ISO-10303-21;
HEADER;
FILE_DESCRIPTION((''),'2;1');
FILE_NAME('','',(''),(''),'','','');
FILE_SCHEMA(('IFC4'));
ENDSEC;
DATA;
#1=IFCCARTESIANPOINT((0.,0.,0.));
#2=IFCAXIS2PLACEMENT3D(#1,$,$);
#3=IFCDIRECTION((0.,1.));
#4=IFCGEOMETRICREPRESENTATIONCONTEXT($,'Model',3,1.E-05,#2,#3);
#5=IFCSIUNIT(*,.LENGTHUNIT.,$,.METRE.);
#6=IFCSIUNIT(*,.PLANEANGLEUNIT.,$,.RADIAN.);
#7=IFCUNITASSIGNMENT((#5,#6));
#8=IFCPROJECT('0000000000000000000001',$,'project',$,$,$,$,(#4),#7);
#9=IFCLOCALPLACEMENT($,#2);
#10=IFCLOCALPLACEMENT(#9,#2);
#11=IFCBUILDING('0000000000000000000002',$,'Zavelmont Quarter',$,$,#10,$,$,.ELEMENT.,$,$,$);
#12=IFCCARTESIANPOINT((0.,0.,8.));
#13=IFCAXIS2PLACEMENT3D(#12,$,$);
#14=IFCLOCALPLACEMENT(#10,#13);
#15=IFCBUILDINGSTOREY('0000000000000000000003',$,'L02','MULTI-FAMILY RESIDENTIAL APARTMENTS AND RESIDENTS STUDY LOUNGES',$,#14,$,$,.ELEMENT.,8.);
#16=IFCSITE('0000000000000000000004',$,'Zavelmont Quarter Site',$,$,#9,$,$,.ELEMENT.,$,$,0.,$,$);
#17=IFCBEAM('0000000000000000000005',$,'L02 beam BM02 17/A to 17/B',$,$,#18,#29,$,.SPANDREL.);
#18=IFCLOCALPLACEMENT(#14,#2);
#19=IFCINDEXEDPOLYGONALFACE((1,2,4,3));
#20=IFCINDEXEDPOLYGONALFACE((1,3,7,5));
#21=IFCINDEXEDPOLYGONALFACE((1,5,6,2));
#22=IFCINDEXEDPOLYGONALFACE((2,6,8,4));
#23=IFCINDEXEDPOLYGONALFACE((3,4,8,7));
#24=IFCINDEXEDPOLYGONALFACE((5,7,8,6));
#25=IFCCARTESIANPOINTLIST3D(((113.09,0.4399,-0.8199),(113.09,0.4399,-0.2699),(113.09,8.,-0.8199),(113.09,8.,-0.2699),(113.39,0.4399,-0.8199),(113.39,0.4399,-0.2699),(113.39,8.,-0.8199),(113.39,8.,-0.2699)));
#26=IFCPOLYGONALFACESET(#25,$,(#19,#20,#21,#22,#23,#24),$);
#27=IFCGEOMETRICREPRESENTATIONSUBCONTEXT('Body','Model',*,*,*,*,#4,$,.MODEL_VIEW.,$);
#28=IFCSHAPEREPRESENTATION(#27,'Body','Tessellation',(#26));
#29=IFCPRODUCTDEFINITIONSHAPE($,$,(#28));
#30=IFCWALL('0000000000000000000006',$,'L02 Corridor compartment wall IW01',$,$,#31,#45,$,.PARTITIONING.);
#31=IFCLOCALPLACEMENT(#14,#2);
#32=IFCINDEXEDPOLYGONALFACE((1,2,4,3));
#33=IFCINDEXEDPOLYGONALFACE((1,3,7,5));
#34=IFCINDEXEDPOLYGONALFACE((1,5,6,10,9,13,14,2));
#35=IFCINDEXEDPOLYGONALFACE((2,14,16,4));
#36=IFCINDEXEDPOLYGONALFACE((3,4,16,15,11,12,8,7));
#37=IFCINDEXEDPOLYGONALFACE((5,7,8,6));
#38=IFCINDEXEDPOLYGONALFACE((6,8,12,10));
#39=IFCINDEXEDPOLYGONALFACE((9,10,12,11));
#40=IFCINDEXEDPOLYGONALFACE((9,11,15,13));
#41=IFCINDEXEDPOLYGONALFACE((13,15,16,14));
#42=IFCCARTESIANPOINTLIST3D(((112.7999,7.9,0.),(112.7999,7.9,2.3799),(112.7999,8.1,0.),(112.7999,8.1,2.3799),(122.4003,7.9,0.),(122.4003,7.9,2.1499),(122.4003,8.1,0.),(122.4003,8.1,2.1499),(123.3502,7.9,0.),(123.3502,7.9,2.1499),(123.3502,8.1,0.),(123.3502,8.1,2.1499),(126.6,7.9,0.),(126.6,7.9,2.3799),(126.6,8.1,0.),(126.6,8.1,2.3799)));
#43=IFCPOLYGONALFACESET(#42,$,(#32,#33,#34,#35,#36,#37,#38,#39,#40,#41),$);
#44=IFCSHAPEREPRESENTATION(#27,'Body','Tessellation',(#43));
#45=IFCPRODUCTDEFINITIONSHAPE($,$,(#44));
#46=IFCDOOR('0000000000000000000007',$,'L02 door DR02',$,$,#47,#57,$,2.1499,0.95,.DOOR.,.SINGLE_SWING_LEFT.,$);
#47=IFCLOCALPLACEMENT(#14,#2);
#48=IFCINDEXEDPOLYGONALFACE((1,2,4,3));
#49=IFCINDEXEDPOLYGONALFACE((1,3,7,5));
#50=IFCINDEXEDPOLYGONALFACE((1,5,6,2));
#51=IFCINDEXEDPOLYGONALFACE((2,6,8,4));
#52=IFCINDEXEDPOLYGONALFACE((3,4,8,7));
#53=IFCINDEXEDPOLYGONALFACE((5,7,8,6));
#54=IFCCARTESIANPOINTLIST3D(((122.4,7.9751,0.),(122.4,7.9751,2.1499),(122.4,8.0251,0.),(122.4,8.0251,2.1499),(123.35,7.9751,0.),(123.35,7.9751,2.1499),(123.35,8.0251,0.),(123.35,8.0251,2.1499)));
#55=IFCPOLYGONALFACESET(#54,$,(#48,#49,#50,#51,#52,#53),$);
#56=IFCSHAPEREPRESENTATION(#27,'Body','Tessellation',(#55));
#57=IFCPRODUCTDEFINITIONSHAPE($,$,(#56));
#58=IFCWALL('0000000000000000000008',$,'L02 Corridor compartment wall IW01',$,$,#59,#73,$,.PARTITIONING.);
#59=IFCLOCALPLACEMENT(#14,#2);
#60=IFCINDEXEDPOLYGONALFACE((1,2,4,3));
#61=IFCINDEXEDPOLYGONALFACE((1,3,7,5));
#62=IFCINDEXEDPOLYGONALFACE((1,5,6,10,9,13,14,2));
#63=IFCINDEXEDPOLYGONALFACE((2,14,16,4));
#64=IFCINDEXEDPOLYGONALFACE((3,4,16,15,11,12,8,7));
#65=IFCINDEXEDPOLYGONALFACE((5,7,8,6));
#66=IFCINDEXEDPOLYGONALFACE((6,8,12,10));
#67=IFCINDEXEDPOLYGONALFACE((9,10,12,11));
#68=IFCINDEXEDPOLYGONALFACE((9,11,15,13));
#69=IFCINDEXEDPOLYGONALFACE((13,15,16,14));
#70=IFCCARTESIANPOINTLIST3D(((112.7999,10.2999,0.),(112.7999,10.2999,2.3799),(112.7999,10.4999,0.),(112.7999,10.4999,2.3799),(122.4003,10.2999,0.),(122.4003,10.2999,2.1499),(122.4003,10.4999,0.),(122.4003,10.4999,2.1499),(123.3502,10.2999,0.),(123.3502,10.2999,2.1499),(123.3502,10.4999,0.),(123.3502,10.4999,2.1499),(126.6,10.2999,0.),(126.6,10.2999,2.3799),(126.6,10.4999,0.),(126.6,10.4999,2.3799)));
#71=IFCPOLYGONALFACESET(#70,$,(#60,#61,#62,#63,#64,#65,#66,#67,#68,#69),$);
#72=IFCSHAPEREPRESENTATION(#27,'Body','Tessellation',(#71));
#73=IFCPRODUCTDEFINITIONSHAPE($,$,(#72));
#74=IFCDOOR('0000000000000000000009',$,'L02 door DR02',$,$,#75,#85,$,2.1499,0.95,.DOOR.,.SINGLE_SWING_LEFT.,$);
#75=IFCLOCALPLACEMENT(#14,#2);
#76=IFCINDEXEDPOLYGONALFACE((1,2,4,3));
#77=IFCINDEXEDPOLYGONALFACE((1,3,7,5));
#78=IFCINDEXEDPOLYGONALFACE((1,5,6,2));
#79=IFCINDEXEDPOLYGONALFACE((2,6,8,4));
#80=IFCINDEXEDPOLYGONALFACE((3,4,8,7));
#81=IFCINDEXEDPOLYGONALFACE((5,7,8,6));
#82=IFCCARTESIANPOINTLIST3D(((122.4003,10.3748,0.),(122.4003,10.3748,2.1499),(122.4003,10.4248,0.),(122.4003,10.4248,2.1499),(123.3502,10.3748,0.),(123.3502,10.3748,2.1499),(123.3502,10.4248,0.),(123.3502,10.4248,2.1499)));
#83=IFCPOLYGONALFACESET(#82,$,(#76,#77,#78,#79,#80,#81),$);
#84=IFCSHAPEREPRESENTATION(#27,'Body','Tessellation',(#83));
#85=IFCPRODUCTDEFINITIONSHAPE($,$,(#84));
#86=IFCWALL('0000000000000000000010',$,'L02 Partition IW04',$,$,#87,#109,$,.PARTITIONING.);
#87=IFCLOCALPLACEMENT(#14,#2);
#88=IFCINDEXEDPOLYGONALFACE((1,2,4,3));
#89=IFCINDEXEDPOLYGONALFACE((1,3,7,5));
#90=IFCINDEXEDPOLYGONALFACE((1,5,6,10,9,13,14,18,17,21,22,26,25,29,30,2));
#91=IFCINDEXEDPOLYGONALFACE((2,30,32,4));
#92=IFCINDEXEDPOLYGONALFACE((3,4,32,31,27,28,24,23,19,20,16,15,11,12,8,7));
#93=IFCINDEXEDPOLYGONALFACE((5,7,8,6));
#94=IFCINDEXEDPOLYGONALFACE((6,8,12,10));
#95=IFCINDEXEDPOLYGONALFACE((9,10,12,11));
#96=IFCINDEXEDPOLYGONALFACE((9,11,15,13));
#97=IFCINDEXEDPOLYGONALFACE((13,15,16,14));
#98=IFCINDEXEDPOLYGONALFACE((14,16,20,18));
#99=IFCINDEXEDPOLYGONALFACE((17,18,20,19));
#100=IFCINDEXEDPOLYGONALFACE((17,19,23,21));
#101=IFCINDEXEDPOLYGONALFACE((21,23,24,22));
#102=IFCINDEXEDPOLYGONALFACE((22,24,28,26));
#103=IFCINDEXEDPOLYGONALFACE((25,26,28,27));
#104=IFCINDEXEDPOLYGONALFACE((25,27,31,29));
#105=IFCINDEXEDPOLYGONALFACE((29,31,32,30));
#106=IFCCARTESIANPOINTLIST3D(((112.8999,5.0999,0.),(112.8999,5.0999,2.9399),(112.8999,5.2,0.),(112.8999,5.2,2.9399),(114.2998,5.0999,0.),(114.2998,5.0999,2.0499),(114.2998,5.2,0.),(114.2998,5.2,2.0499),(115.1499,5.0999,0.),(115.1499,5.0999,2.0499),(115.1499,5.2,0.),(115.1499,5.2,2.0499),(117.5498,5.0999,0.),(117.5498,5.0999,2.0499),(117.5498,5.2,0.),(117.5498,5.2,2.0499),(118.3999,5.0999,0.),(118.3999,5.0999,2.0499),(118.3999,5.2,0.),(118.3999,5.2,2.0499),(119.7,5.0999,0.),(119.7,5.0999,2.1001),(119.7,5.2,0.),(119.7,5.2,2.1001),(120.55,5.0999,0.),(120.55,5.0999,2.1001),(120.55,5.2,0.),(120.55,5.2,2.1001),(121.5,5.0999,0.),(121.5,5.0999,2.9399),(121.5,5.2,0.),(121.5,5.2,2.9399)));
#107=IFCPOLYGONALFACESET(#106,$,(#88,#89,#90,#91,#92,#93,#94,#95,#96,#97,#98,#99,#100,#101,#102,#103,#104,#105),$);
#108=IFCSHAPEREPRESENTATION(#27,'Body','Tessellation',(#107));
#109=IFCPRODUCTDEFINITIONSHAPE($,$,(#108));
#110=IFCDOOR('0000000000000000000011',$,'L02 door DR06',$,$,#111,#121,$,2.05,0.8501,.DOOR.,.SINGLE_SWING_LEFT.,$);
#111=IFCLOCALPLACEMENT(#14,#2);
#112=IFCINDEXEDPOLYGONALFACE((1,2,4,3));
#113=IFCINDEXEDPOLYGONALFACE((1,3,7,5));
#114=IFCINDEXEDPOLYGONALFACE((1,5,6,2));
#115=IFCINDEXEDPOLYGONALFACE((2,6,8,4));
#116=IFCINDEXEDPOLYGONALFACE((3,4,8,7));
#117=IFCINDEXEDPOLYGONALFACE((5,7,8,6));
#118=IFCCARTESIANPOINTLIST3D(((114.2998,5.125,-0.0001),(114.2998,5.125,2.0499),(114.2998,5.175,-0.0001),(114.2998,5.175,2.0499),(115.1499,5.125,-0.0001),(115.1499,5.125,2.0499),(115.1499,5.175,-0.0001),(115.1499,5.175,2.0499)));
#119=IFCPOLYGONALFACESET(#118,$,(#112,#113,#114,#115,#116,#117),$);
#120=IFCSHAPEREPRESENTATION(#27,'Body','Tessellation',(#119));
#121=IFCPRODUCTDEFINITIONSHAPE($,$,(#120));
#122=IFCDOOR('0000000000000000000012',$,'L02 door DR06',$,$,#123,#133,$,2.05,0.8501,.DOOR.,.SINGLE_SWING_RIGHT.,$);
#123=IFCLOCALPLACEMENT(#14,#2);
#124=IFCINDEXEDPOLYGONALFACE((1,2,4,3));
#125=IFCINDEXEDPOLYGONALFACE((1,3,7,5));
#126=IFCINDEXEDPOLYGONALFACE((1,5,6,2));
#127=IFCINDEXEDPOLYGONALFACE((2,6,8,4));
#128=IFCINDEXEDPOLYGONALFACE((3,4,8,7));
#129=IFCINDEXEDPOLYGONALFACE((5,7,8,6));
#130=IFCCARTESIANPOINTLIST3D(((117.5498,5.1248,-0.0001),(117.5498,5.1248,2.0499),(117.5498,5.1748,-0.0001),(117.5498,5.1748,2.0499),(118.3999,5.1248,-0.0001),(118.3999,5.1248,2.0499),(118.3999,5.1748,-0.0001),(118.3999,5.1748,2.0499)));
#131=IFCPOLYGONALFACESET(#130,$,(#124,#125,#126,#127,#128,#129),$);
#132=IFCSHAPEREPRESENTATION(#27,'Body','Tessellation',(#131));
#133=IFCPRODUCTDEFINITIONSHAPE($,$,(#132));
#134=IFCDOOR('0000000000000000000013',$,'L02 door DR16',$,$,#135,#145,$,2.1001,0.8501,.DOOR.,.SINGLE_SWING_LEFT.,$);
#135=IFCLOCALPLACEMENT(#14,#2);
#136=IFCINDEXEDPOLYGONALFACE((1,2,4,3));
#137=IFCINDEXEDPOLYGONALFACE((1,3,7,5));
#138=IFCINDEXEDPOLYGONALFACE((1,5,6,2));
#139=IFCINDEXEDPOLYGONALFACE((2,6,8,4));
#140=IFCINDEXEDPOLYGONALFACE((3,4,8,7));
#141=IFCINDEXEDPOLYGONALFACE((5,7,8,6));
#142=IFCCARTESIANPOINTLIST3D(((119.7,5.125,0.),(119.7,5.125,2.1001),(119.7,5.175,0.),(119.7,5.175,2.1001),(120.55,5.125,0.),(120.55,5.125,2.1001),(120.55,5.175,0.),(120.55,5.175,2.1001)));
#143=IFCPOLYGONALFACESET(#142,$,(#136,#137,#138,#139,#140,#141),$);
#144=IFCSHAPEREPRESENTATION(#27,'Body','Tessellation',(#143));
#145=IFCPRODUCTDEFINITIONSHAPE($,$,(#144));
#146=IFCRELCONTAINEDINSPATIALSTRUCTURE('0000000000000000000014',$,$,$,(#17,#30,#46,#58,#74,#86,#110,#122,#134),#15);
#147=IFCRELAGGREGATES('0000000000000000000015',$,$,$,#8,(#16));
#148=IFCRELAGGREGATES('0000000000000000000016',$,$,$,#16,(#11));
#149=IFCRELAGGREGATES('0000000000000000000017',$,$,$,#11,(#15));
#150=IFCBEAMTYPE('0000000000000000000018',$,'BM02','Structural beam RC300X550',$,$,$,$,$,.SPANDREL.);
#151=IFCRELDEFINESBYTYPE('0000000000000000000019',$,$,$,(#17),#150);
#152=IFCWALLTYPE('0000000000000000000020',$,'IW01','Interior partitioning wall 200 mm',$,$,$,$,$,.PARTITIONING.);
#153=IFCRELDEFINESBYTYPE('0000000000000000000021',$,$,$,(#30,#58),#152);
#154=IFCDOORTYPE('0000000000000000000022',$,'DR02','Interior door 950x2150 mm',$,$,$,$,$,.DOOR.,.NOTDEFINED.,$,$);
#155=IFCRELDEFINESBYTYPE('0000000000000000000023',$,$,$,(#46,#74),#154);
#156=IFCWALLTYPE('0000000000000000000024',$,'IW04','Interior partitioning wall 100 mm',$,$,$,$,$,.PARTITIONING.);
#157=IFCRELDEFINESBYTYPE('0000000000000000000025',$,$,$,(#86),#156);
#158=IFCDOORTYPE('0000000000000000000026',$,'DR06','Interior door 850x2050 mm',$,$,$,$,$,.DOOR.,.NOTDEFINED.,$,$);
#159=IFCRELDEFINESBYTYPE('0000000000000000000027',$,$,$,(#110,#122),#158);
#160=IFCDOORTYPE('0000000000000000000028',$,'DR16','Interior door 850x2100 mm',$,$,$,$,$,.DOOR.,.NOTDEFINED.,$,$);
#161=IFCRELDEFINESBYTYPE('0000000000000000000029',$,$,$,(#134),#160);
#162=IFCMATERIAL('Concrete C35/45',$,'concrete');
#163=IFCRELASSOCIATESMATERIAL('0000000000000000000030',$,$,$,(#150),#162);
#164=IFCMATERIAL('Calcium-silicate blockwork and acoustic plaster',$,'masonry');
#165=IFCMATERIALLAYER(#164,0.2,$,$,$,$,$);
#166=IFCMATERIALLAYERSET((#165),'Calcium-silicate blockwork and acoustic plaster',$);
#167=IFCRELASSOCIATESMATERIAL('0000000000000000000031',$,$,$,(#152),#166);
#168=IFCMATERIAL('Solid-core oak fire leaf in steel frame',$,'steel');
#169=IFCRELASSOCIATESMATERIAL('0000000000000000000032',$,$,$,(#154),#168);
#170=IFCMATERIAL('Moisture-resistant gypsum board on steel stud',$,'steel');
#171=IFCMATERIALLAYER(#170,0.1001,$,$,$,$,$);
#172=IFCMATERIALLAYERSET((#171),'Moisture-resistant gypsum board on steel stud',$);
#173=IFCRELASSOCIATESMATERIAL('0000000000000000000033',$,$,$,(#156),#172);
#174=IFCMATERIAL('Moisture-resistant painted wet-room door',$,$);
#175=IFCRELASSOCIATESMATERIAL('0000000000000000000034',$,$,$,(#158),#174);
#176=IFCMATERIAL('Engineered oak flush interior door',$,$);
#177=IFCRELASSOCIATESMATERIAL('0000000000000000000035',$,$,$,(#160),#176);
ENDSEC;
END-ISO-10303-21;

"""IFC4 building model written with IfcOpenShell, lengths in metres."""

from ifc_helpers import new_model, si_unit, direction, frame, frame_2d, origin, origin_with_axes, origin_2d, place, context, subcontext, project, spatial, rectangle, extrude, material, layer, layer_set, material_profile, profile_set, type_object, element, fill, save


model = new_model("IFC4")

# Units and contexts
model_context = context("Model", 3, precision=1e-05, world=origin(), true_north=direction((0.0, 1.0)))
body_context = subcontext(model_context, "Body", "Model", "MODEL_VIEW")
ifc_project = project(units=[si_unit("LENGTHUNIT", "METRE"), si_unit("PLANEANGLEUNIT", "RADIAN")], contexts=[model_context])

# Site, building, storey
site_placement = place(None, origin())
site = spatial("IfcSite", under=ifc_project, at=site_placement, Name="Zavelmont Quarter Site", CompositionType="ELEMENT", RefElevation=0.0)
building_placement = place(site_placement, origin())
building = spatial("IfcBuilding", under=site, at=building_placement, Name="Zavelmont Quarter", CompositionType="ELEMENT")
storey_placement = place(building_placement, frame((0.0, 0.0, 8.0)))
storey = spatial("IfcBuildingStorey", under=building, at=storey_placement, Name="L02", Description="MULTI-FAMILY RESIDENTIAL APARTMENTS AND RESIDENTS STUDY LOUNGES", CompositionType="ELEMENT", Elevation=8.0)

# Beam
ifc_material_1 = material(Name="Concrete C35/45", Category="concrete")
ifc_material_profile = material_profile(ifc_material_1, rectangle(XDim=0.3, YDim=0.55, at=origin_2d()), Name="RC300X550")
ifc_profile_set = profile_set([ifc_material_profile], Name="Concrete C35/45")
beam_type = type_object("IfcBeamType", Name="BM02", Description="Structural beam RC300X550", PredefinedType="SPANDREL", material=ifc_profile_set)
beam_placement = place(storey_placement, frame((113.24, 0.4399, -0.5449), z_axis=(0.0, 1.0, 0.0), x_axis=(-1.0, 0.0, 0.0)))
element("IfcBeam", 1, at=beam_placement, inside=storey, type_object=beam_type, Name="L02 beam BM02 17/A to 17/B", PredefinedType="SPANDREL", context=body_context, shape_type="SweptSolid", body=[
    extrude(rectangle(XDim=0.3, YDim=0.55, at=origin_2d()), origin(), (0.0, 0.0, 1.0), 7.5601),
])

# Walls, openings, doors
ifc_material_2 = material(Name="Calcium-silicate blockwork and acoustic plaster", Category="masonry")
ifc_layer_1 = layer(ifc_material_2, 0.2)
ifc_layer_set_1 = layer_set([ifc_layer_1], Name="Calcium-silicate blockwork and acoustic plaster")
wall_type_1 = type_object("IfcWallType", Name="IW01", Description="Interior partitioning wall 200 mm", PredefinedType="PARTITIONING", material=ifc_layer_set_1)
wall_1_placement = place(storey_placement, frame((112.8, 8.0, 0.0), z_axis=(0.0, 0.0, 1.0), x_axis=(1.0, 0.0, 0.0)))
wall_1 = element("IfcWall", 2, at=wall_1_placement, inside=storey, type_object=wall_type_1, Name="L02 Corridor compartment wall IW01", PredefinedType="PARTITIONING", context=body_context, shape_type="SweptSolid", body=[
    extrude(rectangle(XDim=13.8, YDim=0.2, at=frame_2d((6.8999, 0.0))), origin(), (0.0, 0.0, 1.0), 2.3799),
])
opening_1_placement = place(wall_1_placement, frame((9.6001, 0.0, 0.0)))
opening_1 = element("IfcOpeningElement", 3, at=opening_1_placement, cuts=wall_1, PredefinedType="OPENING", context=body_context, shape_type="SweptSolid", body=[
    extrude(rectangle(XDim=0.95, YDim=2.1499, at=frame_2d((0.4751, 1.075))), frame((0.0, 0.1118, 0.0), z_axis=(0.0, -1.0, 0.0), x_axis=(1.0, 0.0, 0.0)), (0.0, 0.0, 1.0), 0.2239),
])
ifc_material_3 = material(Name="Solid-core oak fire leaf in steel frame", Category="steel")
door_type_1 = type_object("IfcDoorType", Name="DR02", Description="Interior door 950x2150 mm", OperationType="NOTDEFINED", PredefinedType="DOOR", material=ifc_material_3)
door_1_placement = place(opening_1_placement, frame((0.95, 0.0, 0.0), z_axis=(0.0, 0.0, 1.0), x_axis=(-1.0, 0.0, 0.0)))
door_1 = element("IfcDoor", 4, at=door_1_placement, inside=storey, type_object=door_type_1, Name="L02 door DR02", OperationType="SINGLE_SWING_LEFT", OverallHeight=2.1499, OverallWidth=0.95, PredefinedType="DOOR", context=body_context, shape_type="SweptSolid", body=[
    extrude(rectangle(XDim=0.95, YDim=2.1499, at=frame_2d((0.4751, 1.075))), frame((0.0, 0.0249, 0.0), z_axis=(0.0, -1.0, 0.0), x_axis=(1.0, 0.0, 0.0)), (0.0, 0.0, 1.0), 0.05),
])
fill(opening_1, door_1)
wall_2_placement = place(storey_placement, frame((112.8, 10.3999, 0.0), z_axis=(0.0, 0.0, 1.0), x_axis=(1.0, 0.0, 0.0)))
wall_2 = element("IfcWall", 5, at=wall_2_placement, inside=storey, type_object=wall_type_1, Name="L02 Corridor compartment wall IW01", PredefinedType="PARTITIONING", context=body_context, shape_type="SweptSolid", body=[
    extrude(rectangle(XDim=13.8, YDim=0.2, at=frame_2d((6.8999, 0.0))), origin(), (0.0, 0.0, 1.0), 2.3799),
])
opening_2_placement = place(wall_2_placement, frame((9.6001, 0.0, 0.0)))
opening_2 = element("IfcOpeningElement", 6, at=opening_2_placement, cuts=wall_2, PredefinedType="OPENING", context=body_context, shape_type="SweptSolid", body=[
    extrude(rectangle(XDim=0.95, YDim=2.1499, at=frame_2d((0.4751, 1.075))), frame((0.0, 0.1118, 0.0), z_axis=(0.0, -1.0, 0.0), x_axis=(1.0, 0.0, 0.0)), (0.0, 0.0, 1.0), 0.2239),
])
door_2_placement = place(opening_2_placement, origin_with_axes())
door_2 = element("IfcDoor", 7, at=door_2_placement, inside=storey, type_object=door_type_1, Name="L02 door DR02", OperationType="SINGLE_SWING_LEFT", OverallHeight=2.1499, OverallWidth=0.95, PredefinedType="DOOR", context=body_context, shape_type="SweptSolid", body=[
    extrude(rectangle(XDim=0.95, YDim=2.1499, at=frame_2d((0.4751, 1.075))), frame((0.0, 0.0249, 0.0), z_axis=(0.0, -1.0, 0.0), x_axis=(1.0, 0.0, 0.0)), (0.0, 0.0, 1.0), 0.05),
])
fill(opening_2, door_2)

# Wall, openings, doors
ifc_material_4 = material(Name="Moisture-resistant gypsum board on steel stud", Category="steel")
ifc_layer_2 = layer(ifc_material_4, 0.1001)
ifc_layer_set_2 = layer_set([ifc_layer_2], Name="Moisture-resistant gypsum board on steel stud")
wall_type_2 = type_object("IfcWallType", Name="IW04", Description="Interior partitioning wall 100 mm", PredefinedType="PARTITIONING", material=ifc_layer_set_2)
wall_3_placement = place(storey_placement, frame((112.8999, 5.1499, 0.0), z_axis=(0.0, 0.0, 1.0), x_axis=(1.0, 0.0, 0.0)))
wall_3 = element("IfcWall", 8, at=wall_3_placement, inside=storey, type_object=wall_type_2, Name="L02 Partition IW04", PredefinedType="PARTITIONING", context=body_context, shape_type="SweptSolid", body=[
    extrude(rectangle(XDim=8.6001, YDim=0.1001, at=frame_2d((4.3, 0.0))), origin(), (0.0, 0.0, 1.0), 2.9399),
])
opening_3_placement = place(wall_3_placement, frame((1.3999, 0.0, 0.0)))
opening_3 = element("IfcOpeningElement", 9, at=opening_3_placement, cuts=wall_3, PredefinedType="OPENING", context=body_context, shape_type="SweptSolid", body=[
    extrude(rectangle(XDim=0.8501, YDim=2.05, at=frame_2d((0.425, 1.0249))), frame((0.0, 0.062, 0.0), z_axis=(0.0, -1.0, 0.0), x_axis=(1.0, 0.0, 0.0)), (0.0, 0.0, 1.0), 0.124),
])
opening_4_placement = place(wall_3_placement, frame((4.6499, 0.0, 0.0)))
opening_4 = element("IfcOpeningElement", 10, at=opening_4_placement, cuts=wall_3, PredefinedType="OPENING", context=body_context, shape_type="SweptSolid", body=[
    extrude(rectangle(XDim=0.8501, YDim=2.05, at=frame_2d((0.425, 1.0249))), frame((0.0, 0.062, 0.0), z_axis=(0.0, -1.0, 0.0), x_axis=(1.0, 0.0, 0.0)), (0.0, 0.0, 1.0), 0.124),
])
opening_5_placement = place(wall_3_placement, frame((6.8, 0.0, 0.0)))
opening_5 = element("IfcOpeningElement", 11, at=opening_5_placement, cuts=wall_3, PredefinedType="OPENING", context=body_context, shape_type="SweptSolid", body=[
    extrude(rectangle(XDim=0.8501, YDim=2.1001, at=frame_2d((0.425, 1.05))), frame((0.0, 0.062, 0.0), z_axis=(0.0, -1.0, 0.0), x_axis=(1.0, 0.0, 0.0)), (0.0, 0.0, 1.0), 0.124),
])
ifc_material_5 = material(Name="Moisture-resistant painted wet-room door")
door_type_2 = type_object("IfcDoorType", Name="DR06", Description="Interior door 850x2050 mm", OperationType="NOTDEFINED", PredefinedType="DOOR", material=ifc_material_5)
door_3_placement = place(opening_3_placement, frame((0.8501, 0.0, 0.0), z_axis=(0.0, 0.0, 1.0), x_axis=(-1.0, 0.0, 0.0)))
door_3 = element("IfcDoor", 12, at=door_3_placement, inside=storey, type_object=door_type_2, Name="L02 door DR06", OperationType="SINGLE_SWING_LEFT", OverallHeight=2.05, OverallWidth=0.8501, PredefinedType="DOOR", context=body_context, shape_type="SweptSolid", body=[
    extrude(rectangle(XDim=0.8501, YDim=2.05, at=frame_2d((0.425, 1.0249))), frame((0.0, 0.0249, 0.0), z_axis=(0.0, -1.0, 0.0), x_axis=(1.0, 0.0, 0.0)), (0.0, 0.0, 1.0), 0.05),
])
fill(opening_3, door_3)
door_4_placement = place(opening_4_placement, origin_with_axes())
door_4 = element("IfcDoor", 13, at=door_4_placement, inside=storey, type_object=door_type_2, Name="L02 door DR06", OperationType="SINGLE_SWING_RIGHT", OverallHeight=2.05, OverallWidth=0.8501, PredefinedType="DOOR", context=body_context, shape_type="SweptSolid", body=[
    extrude(rectangle(XDim=0.8501, YDim=2.05, at=frame_2d((0.425, 1.0249))), frame((0.0, 0.0249, 0.0), z_axis=(0.0, -1.0, 0.0), x_axis=(1.0, 0.0, 0.0)), (0.0, 0.0, 1.0), 0.05),
])
fill(opening_4, door_4)
ifc_material_6 = material(Name="Engineered oak flush interior door")
door_type_3 = type_object("IfcDoorType", Name="DR16", Description="Interior door 850x2100 mm", OperationType="NOTDEFINED", PredefinedType="DOOR", material=ifc_material_6)
door_5_placement = place(opening_5_placement, frame((0.8501, 0.0, 0.0), z_axis=(0.0, 0.0, 1.0), x_axis=(-1.0, 0.0, 0.0)))
door_5 = element("IfcDoor", 14, at=door_5_placement, inside=storey, type_object=door_type_3, Name="L02 door DR16", OperationType="SINGLE_SWING_LEFT", OverallHeight=2.1001, OverallWidth=0.8501, PredefinedType="DOOR", context=body_context, shape_type="SweptSolid", body=[
    extrude(rectangle(XDim=0.8501, YDim=2.1001, at=frame_2d((0.425, 1.05))), frame((0.0, 0.0249, 0.0), z_axis=(0.0, -1.0, 0.0), x_axis=(1.0, 0.0, 0.0)), (0.0, 0.0, 1.0), 0.05),
])
fill(opening_5, door_5)

save(model, "model.ifc")
